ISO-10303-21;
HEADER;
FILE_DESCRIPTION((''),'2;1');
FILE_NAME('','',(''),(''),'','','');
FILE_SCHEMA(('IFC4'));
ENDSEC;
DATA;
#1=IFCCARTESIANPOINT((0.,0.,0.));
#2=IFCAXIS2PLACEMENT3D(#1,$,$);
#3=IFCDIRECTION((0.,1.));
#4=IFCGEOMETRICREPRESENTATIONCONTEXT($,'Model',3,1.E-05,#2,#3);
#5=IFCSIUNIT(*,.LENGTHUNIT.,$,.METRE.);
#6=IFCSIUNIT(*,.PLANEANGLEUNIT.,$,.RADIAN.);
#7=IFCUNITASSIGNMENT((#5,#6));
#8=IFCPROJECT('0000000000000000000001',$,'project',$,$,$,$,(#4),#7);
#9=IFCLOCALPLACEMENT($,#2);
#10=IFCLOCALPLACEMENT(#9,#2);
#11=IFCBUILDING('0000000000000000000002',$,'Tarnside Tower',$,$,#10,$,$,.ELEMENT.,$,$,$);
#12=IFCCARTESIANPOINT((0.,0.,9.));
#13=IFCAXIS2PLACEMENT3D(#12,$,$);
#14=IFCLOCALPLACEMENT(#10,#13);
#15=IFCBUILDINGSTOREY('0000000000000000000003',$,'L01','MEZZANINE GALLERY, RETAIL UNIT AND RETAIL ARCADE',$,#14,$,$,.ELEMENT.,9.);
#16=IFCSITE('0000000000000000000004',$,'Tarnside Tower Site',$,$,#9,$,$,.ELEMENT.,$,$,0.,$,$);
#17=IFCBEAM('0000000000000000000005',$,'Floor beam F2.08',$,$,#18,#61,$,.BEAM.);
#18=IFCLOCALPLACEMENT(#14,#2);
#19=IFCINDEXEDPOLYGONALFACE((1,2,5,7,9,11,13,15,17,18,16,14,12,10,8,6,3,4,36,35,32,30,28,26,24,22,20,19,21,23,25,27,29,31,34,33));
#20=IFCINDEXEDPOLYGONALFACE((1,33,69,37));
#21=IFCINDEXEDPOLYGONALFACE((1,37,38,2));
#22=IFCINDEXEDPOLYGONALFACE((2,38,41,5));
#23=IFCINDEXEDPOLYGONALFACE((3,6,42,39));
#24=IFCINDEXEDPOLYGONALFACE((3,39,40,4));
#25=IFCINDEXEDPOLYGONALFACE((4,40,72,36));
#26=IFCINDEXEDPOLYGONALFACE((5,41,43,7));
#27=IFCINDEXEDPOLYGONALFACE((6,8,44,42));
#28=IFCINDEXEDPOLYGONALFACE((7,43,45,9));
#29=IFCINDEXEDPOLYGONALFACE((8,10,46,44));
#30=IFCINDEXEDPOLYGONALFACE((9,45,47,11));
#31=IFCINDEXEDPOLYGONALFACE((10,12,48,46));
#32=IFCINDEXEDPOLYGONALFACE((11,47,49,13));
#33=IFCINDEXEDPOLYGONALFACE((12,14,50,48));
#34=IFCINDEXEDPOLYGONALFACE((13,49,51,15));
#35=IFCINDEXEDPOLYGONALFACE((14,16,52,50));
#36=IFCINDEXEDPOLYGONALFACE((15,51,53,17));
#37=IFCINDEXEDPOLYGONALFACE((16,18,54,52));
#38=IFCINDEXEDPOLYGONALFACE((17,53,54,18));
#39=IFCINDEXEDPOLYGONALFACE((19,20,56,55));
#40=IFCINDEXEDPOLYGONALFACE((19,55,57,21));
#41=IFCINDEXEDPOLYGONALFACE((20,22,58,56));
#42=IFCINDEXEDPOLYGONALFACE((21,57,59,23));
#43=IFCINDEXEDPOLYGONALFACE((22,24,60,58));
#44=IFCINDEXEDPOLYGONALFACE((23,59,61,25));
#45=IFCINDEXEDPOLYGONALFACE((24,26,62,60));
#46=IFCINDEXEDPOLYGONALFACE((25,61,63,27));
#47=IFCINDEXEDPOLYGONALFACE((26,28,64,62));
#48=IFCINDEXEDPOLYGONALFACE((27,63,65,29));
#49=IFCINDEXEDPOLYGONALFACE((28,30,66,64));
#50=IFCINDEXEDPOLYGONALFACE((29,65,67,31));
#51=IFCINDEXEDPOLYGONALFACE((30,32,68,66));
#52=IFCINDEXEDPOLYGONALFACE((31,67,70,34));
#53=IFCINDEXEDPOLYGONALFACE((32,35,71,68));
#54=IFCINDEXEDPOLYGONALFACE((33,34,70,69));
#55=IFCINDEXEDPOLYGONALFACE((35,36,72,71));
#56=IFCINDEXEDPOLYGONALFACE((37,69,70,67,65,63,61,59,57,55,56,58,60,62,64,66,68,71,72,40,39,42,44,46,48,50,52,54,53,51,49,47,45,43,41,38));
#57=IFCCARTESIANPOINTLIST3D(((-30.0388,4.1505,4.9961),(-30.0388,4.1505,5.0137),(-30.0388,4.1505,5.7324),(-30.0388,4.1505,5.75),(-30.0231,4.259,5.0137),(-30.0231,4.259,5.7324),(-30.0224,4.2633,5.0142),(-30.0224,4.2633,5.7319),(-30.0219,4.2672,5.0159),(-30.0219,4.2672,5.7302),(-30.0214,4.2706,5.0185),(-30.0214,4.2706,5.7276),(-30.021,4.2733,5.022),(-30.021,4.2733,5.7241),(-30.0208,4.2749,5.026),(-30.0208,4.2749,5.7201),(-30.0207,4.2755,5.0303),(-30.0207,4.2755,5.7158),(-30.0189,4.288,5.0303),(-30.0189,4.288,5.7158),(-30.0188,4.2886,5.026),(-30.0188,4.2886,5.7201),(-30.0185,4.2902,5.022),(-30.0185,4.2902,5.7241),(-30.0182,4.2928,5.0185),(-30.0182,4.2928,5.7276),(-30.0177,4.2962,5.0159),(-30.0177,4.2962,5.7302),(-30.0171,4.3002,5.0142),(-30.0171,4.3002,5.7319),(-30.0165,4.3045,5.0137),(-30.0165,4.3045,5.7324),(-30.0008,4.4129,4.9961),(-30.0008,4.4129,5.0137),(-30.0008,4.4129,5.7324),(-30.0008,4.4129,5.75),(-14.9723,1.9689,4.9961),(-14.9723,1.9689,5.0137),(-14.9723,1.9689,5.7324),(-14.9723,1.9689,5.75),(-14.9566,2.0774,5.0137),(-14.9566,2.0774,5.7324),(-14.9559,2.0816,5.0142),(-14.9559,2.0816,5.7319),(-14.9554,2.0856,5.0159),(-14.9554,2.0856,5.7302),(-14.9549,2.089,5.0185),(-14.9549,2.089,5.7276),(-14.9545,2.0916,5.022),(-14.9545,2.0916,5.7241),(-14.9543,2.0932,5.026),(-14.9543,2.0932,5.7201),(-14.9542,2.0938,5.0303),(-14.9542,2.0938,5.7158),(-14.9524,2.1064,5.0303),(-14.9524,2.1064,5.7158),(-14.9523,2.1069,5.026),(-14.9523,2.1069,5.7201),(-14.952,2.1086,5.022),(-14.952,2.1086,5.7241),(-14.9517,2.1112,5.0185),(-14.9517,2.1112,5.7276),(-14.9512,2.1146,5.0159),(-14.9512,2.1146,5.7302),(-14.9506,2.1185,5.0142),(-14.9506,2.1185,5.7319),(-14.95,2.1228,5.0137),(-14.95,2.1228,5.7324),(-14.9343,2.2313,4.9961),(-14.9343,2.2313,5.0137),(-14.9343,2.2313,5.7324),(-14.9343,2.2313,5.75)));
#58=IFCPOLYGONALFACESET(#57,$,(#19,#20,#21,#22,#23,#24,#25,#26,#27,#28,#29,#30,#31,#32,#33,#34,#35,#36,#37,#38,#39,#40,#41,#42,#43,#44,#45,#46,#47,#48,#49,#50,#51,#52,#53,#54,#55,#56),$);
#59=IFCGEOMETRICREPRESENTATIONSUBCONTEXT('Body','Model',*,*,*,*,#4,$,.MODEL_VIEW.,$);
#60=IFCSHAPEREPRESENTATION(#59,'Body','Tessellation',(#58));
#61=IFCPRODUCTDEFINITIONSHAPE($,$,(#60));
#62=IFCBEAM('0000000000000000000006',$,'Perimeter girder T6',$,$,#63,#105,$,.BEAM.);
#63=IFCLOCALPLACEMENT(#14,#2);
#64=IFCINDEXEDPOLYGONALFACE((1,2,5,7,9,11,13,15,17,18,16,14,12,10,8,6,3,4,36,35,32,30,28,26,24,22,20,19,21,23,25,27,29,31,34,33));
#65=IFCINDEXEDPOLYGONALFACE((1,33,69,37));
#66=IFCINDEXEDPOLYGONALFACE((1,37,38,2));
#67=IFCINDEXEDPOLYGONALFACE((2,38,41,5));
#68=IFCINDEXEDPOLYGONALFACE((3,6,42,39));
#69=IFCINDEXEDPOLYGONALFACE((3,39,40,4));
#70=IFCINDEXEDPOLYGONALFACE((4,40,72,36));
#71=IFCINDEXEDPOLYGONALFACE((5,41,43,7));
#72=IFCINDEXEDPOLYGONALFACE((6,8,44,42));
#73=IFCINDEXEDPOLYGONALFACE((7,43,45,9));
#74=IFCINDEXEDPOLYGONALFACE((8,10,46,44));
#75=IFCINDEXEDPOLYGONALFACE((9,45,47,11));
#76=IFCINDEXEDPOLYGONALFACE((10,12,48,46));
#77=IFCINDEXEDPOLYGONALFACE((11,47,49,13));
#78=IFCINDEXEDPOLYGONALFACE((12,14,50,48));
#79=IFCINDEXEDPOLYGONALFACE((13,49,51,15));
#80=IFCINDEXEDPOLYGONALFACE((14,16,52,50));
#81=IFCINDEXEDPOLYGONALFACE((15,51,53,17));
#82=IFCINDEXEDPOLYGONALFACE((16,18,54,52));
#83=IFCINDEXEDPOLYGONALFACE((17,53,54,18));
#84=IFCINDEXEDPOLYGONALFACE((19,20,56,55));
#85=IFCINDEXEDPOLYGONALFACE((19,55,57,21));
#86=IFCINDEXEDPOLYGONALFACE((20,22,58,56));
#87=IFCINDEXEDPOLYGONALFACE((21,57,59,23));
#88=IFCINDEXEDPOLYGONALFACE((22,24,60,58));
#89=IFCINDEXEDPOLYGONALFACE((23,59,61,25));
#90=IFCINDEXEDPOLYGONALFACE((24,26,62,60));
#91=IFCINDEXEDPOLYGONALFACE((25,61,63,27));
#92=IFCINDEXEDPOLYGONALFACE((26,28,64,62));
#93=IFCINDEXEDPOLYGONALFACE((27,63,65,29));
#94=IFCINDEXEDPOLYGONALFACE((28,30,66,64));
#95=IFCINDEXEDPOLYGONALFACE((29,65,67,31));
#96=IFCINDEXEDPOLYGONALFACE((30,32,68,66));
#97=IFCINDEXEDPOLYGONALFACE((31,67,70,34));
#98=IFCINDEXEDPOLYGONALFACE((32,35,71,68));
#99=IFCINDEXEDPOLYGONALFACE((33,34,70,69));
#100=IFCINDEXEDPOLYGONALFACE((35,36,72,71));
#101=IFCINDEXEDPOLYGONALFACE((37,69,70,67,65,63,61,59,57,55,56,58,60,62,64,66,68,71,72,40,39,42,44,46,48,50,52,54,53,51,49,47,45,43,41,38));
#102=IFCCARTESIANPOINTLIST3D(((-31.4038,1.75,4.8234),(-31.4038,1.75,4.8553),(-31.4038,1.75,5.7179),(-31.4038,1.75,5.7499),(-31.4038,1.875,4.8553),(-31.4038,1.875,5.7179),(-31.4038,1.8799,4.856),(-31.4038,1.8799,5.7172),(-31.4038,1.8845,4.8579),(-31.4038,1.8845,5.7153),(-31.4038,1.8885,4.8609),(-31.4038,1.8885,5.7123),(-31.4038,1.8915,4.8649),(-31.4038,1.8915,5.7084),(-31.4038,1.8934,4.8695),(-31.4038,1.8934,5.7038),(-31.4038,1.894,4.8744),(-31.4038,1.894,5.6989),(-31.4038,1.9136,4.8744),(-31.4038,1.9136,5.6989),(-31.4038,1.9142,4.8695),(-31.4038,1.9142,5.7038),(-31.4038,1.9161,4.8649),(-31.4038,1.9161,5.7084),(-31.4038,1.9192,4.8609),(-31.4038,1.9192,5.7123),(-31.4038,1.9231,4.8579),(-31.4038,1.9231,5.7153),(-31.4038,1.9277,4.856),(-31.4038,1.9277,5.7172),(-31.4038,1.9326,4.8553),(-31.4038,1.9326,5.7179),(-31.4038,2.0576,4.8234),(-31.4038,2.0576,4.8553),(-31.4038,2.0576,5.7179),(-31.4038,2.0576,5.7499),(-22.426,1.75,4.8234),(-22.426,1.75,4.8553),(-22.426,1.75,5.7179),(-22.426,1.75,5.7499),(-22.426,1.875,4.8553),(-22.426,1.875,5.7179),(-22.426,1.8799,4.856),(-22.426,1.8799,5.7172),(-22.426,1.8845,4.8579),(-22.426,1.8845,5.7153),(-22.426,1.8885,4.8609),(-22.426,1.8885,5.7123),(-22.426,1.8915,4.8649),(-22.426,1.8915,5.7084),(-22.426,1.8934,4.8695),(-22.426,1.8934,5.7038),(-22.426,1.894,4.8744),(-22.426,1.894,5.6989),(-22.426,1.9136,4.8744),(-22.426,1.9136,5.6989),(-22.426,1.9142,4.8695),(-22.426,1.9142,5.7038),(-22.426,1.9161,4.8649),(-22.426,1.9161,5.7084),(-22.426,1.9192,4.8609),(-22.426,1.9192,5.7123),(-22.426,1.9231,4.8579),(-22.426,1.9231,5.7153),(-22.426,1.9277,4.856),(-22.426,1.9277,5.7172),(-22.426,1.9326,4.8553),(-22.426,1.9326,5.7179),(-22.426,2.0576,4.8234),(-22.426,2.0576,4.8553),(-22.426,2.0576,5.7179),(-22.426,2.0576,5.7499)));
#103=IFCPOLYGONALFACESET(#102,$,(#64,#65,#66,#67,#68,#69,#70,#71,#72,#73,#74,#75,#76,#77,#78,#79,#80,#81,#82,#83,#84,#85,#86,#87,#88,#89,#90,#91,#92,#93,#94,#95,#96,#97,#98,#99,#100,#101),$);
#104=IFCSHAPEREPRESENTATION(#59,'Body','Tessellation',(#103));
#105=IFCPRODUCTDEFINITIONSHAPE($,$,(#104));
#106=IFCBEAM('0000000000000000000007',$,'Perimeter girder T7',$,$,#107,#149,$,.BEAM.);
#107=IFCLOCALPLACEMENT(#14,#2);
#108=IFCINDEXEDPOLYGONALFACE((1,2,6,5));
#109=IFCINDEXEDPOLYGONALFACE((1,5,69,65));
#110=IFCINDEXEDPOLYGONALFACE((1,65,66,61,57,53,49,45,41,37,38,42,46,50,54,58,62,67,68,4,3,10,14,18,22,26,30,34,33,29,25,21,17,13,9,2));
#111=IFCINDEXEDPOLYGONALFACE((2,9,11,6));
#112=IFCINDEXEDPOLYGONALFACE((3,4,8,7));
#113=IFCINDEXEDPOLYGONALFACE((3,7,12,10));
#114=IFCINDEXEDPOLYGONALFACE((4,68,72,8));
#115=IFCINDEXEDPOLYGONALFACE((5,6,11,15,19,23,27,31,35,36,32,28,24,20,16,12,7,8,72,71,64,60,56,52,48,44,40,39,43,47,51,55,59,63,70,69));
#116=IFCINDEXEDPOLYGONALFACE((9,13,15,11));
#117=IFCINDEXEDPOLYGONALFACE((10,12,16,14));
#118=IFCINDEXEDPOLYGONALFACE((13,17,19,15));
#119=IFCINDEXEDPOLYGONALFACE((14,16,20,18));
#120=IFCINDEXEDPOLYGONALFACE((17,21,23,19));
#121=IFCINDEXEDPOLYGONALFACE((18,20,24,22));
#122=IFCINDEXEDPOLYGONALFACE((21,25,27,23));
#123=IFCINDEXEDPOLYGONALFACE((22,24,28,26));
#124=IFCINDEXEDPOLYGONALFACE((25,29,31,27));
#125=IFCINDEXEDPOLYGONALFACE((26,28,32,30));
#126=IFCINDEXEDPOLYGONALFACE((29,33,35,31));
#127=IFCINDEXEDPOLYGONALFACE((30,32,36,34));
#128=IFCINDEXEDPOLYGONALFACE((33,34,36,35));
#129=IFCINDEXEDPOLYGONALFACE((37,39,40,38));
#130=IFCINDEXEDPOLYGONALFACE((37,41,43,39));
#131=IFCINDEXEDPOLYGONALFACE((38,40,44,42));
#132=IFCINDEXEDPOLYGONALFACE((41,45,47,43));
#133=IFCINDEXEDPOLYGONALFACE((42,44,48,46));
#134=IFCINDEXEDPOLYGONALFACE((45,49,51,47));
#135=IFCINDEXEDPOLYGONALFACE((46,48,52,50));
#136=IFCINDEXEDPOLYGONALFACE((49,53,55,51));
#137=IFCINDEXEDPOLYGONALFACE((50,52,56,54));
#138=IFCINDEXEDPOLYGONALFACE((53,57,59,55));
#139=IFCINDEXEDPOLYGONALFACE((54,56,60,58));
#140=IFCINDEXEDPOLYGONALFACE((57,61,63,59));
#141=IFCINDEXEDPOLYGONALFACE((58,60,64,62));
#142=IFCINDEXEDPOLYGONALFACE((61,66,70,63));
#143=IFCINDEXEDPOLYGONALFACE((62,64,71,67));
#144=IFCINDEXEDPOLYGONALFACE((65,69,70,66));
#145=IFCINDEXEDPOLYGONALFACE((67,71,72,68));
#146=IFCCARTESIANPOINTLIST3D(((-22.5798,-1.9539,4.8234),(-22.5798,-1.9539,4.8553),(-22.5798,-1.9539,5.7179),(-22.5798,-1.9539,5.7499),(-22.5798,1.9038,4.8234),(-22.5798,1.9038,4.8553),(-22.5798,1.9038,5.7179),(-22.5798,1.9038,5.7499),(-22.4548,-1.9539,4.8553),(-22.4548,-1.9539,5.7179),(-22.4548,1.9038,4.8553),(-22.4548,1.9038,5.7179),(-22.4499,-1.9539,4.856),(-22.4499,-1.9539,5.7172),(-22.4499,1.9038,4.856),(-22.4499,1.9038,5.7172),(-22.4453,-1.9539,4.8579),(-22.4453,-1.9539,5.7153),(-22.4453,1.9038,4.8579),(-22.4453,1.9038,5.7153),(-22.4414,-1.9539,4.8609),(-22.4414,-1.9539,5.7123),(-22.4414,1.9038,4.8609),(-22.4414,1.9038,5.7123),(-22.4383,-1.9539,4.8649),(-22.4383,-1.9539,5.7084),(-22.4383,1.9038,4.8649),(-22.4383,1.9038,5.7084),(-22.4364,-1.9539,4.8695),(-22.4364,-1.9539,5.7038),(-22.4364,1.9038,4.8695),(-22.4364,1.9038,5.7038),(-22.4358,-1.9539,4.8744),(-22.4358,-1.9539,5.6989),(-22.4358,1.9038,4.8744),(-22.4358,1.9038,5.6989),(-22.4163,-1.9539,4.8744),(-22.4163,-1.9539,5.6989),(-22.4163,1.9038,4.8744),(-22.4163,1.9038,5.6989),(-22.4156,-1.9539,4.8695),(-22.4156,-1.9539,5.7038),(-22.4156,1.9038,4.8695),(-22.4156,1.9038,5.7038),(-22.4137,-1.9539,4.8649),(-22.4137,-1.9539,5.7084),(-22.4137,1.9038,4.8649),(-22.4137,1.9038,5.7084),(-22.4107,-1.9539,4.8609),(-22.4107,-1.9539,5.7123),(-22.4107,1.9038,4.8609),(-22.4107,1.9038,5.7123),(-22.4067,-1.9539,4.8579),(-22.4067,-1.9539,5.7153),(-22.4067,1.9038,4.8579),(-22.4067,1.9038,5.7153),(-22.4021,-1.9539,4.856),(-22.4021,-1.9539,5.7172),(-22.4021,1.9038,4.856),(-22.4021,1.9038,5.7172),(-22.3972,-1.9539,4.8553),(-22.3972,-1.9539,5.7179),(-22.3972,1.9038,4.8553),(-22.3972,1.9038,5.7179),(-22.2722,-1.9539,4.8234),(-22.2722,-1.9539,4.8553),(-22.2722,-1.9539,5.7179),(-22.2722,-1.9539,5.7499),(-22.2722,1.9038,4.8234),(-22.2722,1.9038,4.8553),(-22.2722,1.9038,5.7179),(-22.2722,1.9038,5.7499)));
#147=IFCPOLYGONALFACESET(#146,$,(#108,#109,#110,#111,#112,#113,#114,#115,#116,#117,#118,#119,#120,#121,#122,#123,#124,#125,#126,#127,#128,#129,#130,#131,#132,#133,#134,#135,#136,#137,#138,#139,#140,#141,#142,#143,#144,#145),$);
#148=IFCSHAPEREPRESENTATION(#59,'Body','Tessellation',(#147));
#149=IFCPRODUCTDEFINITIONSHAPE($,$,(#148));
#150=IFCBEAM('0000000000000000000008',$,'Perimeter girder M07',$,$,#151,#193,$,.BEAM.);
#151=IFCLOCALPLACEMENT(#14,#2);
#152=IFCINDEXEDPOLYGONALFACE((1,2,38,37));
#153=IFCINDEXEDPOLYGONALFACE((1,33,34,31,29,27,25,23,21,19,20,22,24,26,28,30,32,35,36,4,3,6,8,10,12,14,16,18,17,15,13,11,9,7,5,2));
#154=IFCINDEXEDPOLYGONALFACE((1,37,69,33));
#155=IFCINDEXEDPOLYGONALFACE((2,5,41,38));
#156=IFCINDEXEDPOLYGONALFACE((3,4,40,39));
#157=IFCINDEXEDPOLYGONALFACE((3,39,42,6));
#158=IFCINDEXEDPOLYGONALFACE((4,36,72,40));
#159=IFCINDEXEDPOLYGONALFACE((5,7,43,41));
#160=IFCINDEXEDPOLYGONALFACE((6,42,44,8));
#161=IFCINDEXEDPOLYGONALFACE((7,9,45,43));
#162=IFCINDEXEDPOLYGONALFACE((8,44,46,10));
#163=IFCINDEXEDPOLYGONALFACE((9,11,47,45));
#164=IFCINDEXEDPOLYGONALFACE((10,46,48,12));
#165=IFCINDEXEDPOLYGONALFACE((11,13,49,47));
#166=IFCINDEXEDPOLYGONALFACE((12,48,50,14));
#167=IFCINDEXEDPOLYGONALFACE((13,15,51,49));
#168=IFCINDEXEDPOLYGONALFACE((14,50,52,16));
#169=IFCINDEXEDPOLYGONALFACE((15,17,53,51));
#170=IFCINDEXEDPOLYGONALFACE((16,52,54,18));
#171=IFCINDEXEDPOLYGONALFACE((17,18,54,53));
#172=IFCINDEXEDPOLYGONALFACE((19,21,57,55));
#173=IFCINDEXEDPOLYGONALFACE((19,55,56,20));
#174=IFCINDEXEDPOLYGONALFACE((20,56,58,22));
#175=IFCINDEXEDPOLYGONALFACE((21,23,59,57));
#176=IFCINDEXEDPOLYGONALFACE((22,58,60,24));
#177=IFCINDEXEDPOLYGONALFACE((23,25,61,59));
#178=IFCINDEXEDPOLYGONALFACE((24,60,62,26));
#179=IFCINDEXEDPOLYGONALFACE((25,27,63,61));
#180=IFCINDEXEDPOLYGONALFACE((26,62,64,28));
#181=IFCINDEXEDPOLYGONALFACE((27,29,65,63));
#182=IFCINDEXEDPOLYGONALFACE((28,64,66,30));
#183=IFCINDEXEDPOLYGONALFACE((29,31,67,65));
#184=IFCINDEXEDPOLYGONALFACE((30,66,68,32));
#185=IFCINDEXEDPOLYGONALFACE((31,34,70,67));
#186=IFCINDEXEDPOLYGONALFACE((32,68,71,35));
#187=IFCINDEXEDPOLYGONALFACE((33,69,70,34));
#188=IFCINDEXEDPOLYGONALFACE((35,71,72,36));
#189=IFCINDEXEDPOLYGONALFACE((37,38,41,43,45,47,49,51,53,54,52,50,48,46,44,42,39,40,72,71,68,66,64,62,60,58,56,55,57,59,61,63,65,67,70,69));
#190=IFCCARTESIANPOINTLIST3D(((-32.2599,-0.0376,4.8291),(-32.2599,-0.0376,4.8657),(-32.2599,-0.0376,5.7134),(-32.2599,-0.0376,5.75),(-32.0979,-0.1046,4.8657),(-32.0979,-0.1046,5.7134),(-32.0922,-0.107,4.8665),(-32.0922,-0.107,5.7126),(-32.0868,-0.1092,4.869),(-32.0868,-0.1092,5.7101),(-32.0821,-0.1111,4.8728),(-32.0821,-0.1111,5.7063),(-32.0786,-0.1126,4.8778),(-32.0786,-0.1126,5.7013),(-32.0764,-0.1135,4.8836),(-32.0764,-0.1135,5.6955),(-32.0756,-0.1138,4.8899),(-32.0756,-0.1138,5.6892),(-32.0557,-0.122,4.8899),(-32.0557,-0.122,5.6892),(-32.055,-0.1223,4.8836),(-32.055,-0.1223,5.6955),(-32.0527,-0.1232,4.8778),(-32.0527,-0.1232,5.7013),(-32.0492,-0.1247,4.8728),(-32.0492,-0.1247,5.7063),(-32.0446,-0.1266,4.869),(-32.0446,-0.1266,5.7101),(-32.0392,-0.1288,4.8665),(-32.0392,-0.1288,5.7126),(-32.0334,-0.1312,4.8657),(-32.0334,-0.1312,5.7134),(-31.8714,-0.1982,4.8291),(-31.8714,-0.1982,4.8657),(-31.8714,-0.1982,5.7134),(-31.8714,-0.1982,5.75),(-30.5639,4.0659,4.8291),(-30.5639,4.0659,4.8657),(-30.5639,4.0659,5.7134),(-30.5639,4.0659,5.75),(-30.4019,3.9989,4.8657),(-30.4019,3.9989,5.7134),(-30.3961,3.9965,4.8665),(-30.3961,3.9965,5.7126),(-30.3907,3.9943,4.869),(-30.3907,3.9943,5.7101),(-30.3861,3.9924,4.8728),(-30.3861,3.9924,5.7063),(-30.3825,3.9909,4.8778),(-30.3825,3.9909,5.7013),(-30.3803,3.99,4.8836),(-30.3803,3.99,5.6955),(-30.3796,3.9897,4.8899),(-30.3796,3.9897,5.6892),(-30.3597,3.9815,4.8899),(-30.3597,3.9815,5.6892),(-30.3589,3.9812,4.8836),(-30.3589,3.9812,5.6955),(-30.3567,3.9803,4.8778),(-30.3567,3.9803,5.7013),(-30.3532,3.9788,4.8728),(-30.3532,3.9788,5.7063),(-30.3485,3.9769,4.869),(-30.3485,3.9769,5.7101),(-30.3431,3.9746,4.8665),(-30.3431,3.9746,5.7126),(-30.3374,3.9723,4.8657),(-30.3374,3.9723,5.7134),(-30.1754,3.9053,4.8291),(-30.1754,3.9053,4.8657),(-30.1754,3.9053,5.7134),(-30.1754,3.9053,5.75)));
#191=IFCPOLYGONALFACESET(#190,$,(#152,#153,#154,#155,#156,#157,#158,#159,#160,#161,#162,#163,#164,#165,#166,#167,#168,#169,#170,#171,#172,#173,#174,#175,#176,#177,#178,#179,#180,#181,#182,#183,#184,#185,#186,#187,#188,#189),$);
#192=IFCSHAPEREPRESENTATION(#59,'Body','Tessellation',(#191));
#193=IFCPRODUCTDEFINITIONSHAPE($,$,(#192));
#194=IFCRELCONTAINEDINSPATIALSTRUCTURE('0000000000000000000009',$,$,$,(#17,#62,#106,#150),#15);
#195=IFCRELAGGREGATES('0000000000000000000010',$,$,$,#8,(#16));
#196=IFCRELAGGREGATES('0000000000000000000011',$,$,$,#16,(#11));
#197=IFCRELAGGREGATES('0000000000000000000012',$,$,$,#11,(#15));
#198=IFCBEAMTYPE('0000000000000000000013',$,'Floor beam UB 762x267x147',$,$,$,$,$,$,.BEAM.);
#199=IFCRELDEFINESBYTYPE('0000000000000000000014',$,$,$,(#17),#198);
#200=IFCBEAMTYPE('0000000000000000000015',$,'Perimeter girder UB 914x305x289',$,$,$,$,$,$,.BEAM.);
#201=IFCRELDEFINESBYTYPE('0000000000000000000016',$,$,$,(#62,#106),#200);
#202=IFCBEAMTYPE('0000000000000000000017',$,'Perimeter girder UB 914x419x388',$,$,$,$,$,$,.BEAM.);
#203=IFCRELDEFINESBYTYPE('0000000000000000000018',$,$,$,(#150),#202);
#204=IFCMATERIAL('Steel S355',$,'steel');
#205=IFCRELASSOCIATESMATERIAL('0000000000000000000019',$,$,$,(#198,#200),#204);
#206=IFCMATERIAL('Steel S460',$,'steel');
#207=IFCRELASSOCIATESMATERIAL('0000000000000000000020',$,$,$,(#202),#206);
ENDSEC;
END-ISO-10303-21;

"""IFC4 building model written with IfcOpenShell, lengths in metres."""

from ifc_helpers import new_model, si_unit, direction, frame, origin, origin_2d, place, context, subcontext, project, spatial, i_section, extrude, material, material_profile, profile_set, type_object, element, save


model = new_model("IFC4")

# Units and contexts
model_context = context("Model", 3, precision=1e-05, world=origin(), true_north=direction((0.0, 1.0)))
body_context = subcontext(model_context, "Body", "Model", "MODEL_VIEW")
ifc_project = project(units=[si_unit("LENGTHUNIT", "METRE"), si_unit("PLANEANGLEUNIT", "RADIAN")], contexts=[model_context])

# Site, building, storey
site_placement = place(None, origin())
site = spatial("IfcSite", under=ifc_project, at=site_placement, Name="Tarnside Tower Site", CompositionType="ELEMENT", RefElevation=0.0)
building_placement = place(site_placement, origin())
building = spatial("IfcBuilding", under=site, at=building_placement, Name="Tarnside Tower", CompositionType="ELEMENT")
storey_placement = place(building_placement, frame((0.0, 0.0, 9.0)))
storey = spatial("IfcBuildingStorey", under=building, at=storey_placement, Name="L01", Description="MEZZANINE GALLERY, RETAIL UNIT AND RETAIL ARCADE", CompositionType="ELEMENT", Elevation=9.0)

# Shared definitions
ifc_material_1 = material(Name="Steel S460", Category="steel")

# Beams
ifc_material_2 = material(Name="Steel S355", Category="steel")
ifc_material_profile_1 = material_profile(ifc_material_2, i_section(OverallWidth=0.2651, OverallDepth=0.7539, WebThickness=0.0127, FlangeThickness=0.0176, FilletRadius=0.0166, at=origin_2d()), Name="UB 762x267x147")
ifc_profile_set_1 = profile_set([ifc_material_profile_1], Name="Steel S355")
beam_type_1 = type_object("IfcBeamType", Name="Floor beam UB 762x267x147", PredefinedType="BEAM", material=ifc_profile_set_1)
beam_1_placement = place(storey_placement, frame((-30.0198, 4.2817, 5.373), z_axis=(0.989678, -0.143307, 0.0), x_axis=(0.143307, 0.989678, 0.0)))
element("IfcBeam", 1, at=beam_1_placement, inside=storey, type_object=beam_type_1, Name="Floor beam F2.08", PredefinedType="BEAM", context=body_context, shape_type="SweptSolid", body=[
    extrude(i_section(OverallWidth=0.2651, OverallDepth=0.7539, WebThickness=0.0127, FlangeThickness=0.0176, FilletRadius=0.0166, at=origin_2d()), origin(), (0.0, 0.0, 1.0), 15.2236),
])
ifc_material_profile_2 = material_profile(ifc_material_2, i_section(OverallWidth=0.3076, OverallDepth=0.9265, WebThickness=0.0195, FlangeThickness=0.032, FilletRadius=0.019, at=origin_2d()), Name="UB 914x305x289")
ifc_profile_set_2 = profile_set([ifc_material_profile_2], Name="Steel S355")
beam_type_2 = type_object("IfcBeamType", Name="Perimeter girder UB 914x305x289", PredefinedType="BEAM", material=ifc_profile_set_2)
beam_2_placement = place(storey_placement, frame((-31.4038, 1.9038, 5.2866), z_axis=(1.0, 0.0, 0.0), x_axis=(0.0, 1.0, 0.0)))
element("IfcBeam", 2, at=beam_2_placement, inside=storey, type_object=beam_type_2, Name="Perimeter girder T6", PredefinedType="BEAM", context=body_context, shape_type="SweptSolid", body=[
    extrude(i_section(OverallWidth=0.3076, OverallDepth=0.9265, WebThickness=0.0195, FlangeThickness=0.032, FilletRadius=0.019, at=origin_2d()), origin(), (0.0, 0.0, 1.0), 8.9778),
])
beam_3_placement = place(storey_placement, frame((-22.426, 1.9038, 5.2866), z_axis=(0.0, -1.0, 0.0), x_axis=(1.0, 0.0, 0.0)))
element("IfcBeam", 3, at=beam_3_placement, inside=storey, type_object=beam_type_2, Name="Perimeter girder T7", PredefinedType="BEAM", context=body_context, shape_type="SweptSolid", body=[
    extrude(i_section(OverallWidth=0.3076, OverallDepth=0.9265, WebThickness=0.0195, FlangeThickness=0.032, FilletRadius=0.019, at=origin_2d()), origin(), (0.0, 0.0, 1.0), 3.8577),
])
ifc_material_profile_3 = material_profile(ifc_material_1, i_section(OverallWidth=0.4204, OverallDepth=0.9209, WebThickness=0.0215, FlangeThickness=0.0366, FilletRadius=0.0242, at=origin_2d()), Name="UB 914x419x388")
ifc_profile_set_3 = profile_set([ifc_material_profile_3], Name="Steel S460")
beam_type_3 = type_object("IfcBeamType", Name="Perimeter girder UB 914x419x388", PredefinedType="BEAM", material=ifc_profile_set_3)
beam_4_placement = place(storey_placement, frame((-30.3696, 3.9856, 5.2896), z_axis=(-0.381975, -0.924173, 0.0), x_axis=(0.924173, -0.381975, 0.0)))
element("IfcBeam", 4, at=beam_4_placement, inside=storey, type_object=beam_type_3, Name="Perimeter girder M07", PredefinedType="BEAM", context=body_context, shape_type="SweptSolid", body=[
    extrude(i_section(OverallWidth=0.4204, OverallDepth=0.9209, WebThickness=0.0215, FlangeThickness=0.0366, FilletRadius=0.0242, at=origin_2d()), origin(), (0.0, 0.0, 1.0), 4.4402),
])

save(model, "model.ifc")
